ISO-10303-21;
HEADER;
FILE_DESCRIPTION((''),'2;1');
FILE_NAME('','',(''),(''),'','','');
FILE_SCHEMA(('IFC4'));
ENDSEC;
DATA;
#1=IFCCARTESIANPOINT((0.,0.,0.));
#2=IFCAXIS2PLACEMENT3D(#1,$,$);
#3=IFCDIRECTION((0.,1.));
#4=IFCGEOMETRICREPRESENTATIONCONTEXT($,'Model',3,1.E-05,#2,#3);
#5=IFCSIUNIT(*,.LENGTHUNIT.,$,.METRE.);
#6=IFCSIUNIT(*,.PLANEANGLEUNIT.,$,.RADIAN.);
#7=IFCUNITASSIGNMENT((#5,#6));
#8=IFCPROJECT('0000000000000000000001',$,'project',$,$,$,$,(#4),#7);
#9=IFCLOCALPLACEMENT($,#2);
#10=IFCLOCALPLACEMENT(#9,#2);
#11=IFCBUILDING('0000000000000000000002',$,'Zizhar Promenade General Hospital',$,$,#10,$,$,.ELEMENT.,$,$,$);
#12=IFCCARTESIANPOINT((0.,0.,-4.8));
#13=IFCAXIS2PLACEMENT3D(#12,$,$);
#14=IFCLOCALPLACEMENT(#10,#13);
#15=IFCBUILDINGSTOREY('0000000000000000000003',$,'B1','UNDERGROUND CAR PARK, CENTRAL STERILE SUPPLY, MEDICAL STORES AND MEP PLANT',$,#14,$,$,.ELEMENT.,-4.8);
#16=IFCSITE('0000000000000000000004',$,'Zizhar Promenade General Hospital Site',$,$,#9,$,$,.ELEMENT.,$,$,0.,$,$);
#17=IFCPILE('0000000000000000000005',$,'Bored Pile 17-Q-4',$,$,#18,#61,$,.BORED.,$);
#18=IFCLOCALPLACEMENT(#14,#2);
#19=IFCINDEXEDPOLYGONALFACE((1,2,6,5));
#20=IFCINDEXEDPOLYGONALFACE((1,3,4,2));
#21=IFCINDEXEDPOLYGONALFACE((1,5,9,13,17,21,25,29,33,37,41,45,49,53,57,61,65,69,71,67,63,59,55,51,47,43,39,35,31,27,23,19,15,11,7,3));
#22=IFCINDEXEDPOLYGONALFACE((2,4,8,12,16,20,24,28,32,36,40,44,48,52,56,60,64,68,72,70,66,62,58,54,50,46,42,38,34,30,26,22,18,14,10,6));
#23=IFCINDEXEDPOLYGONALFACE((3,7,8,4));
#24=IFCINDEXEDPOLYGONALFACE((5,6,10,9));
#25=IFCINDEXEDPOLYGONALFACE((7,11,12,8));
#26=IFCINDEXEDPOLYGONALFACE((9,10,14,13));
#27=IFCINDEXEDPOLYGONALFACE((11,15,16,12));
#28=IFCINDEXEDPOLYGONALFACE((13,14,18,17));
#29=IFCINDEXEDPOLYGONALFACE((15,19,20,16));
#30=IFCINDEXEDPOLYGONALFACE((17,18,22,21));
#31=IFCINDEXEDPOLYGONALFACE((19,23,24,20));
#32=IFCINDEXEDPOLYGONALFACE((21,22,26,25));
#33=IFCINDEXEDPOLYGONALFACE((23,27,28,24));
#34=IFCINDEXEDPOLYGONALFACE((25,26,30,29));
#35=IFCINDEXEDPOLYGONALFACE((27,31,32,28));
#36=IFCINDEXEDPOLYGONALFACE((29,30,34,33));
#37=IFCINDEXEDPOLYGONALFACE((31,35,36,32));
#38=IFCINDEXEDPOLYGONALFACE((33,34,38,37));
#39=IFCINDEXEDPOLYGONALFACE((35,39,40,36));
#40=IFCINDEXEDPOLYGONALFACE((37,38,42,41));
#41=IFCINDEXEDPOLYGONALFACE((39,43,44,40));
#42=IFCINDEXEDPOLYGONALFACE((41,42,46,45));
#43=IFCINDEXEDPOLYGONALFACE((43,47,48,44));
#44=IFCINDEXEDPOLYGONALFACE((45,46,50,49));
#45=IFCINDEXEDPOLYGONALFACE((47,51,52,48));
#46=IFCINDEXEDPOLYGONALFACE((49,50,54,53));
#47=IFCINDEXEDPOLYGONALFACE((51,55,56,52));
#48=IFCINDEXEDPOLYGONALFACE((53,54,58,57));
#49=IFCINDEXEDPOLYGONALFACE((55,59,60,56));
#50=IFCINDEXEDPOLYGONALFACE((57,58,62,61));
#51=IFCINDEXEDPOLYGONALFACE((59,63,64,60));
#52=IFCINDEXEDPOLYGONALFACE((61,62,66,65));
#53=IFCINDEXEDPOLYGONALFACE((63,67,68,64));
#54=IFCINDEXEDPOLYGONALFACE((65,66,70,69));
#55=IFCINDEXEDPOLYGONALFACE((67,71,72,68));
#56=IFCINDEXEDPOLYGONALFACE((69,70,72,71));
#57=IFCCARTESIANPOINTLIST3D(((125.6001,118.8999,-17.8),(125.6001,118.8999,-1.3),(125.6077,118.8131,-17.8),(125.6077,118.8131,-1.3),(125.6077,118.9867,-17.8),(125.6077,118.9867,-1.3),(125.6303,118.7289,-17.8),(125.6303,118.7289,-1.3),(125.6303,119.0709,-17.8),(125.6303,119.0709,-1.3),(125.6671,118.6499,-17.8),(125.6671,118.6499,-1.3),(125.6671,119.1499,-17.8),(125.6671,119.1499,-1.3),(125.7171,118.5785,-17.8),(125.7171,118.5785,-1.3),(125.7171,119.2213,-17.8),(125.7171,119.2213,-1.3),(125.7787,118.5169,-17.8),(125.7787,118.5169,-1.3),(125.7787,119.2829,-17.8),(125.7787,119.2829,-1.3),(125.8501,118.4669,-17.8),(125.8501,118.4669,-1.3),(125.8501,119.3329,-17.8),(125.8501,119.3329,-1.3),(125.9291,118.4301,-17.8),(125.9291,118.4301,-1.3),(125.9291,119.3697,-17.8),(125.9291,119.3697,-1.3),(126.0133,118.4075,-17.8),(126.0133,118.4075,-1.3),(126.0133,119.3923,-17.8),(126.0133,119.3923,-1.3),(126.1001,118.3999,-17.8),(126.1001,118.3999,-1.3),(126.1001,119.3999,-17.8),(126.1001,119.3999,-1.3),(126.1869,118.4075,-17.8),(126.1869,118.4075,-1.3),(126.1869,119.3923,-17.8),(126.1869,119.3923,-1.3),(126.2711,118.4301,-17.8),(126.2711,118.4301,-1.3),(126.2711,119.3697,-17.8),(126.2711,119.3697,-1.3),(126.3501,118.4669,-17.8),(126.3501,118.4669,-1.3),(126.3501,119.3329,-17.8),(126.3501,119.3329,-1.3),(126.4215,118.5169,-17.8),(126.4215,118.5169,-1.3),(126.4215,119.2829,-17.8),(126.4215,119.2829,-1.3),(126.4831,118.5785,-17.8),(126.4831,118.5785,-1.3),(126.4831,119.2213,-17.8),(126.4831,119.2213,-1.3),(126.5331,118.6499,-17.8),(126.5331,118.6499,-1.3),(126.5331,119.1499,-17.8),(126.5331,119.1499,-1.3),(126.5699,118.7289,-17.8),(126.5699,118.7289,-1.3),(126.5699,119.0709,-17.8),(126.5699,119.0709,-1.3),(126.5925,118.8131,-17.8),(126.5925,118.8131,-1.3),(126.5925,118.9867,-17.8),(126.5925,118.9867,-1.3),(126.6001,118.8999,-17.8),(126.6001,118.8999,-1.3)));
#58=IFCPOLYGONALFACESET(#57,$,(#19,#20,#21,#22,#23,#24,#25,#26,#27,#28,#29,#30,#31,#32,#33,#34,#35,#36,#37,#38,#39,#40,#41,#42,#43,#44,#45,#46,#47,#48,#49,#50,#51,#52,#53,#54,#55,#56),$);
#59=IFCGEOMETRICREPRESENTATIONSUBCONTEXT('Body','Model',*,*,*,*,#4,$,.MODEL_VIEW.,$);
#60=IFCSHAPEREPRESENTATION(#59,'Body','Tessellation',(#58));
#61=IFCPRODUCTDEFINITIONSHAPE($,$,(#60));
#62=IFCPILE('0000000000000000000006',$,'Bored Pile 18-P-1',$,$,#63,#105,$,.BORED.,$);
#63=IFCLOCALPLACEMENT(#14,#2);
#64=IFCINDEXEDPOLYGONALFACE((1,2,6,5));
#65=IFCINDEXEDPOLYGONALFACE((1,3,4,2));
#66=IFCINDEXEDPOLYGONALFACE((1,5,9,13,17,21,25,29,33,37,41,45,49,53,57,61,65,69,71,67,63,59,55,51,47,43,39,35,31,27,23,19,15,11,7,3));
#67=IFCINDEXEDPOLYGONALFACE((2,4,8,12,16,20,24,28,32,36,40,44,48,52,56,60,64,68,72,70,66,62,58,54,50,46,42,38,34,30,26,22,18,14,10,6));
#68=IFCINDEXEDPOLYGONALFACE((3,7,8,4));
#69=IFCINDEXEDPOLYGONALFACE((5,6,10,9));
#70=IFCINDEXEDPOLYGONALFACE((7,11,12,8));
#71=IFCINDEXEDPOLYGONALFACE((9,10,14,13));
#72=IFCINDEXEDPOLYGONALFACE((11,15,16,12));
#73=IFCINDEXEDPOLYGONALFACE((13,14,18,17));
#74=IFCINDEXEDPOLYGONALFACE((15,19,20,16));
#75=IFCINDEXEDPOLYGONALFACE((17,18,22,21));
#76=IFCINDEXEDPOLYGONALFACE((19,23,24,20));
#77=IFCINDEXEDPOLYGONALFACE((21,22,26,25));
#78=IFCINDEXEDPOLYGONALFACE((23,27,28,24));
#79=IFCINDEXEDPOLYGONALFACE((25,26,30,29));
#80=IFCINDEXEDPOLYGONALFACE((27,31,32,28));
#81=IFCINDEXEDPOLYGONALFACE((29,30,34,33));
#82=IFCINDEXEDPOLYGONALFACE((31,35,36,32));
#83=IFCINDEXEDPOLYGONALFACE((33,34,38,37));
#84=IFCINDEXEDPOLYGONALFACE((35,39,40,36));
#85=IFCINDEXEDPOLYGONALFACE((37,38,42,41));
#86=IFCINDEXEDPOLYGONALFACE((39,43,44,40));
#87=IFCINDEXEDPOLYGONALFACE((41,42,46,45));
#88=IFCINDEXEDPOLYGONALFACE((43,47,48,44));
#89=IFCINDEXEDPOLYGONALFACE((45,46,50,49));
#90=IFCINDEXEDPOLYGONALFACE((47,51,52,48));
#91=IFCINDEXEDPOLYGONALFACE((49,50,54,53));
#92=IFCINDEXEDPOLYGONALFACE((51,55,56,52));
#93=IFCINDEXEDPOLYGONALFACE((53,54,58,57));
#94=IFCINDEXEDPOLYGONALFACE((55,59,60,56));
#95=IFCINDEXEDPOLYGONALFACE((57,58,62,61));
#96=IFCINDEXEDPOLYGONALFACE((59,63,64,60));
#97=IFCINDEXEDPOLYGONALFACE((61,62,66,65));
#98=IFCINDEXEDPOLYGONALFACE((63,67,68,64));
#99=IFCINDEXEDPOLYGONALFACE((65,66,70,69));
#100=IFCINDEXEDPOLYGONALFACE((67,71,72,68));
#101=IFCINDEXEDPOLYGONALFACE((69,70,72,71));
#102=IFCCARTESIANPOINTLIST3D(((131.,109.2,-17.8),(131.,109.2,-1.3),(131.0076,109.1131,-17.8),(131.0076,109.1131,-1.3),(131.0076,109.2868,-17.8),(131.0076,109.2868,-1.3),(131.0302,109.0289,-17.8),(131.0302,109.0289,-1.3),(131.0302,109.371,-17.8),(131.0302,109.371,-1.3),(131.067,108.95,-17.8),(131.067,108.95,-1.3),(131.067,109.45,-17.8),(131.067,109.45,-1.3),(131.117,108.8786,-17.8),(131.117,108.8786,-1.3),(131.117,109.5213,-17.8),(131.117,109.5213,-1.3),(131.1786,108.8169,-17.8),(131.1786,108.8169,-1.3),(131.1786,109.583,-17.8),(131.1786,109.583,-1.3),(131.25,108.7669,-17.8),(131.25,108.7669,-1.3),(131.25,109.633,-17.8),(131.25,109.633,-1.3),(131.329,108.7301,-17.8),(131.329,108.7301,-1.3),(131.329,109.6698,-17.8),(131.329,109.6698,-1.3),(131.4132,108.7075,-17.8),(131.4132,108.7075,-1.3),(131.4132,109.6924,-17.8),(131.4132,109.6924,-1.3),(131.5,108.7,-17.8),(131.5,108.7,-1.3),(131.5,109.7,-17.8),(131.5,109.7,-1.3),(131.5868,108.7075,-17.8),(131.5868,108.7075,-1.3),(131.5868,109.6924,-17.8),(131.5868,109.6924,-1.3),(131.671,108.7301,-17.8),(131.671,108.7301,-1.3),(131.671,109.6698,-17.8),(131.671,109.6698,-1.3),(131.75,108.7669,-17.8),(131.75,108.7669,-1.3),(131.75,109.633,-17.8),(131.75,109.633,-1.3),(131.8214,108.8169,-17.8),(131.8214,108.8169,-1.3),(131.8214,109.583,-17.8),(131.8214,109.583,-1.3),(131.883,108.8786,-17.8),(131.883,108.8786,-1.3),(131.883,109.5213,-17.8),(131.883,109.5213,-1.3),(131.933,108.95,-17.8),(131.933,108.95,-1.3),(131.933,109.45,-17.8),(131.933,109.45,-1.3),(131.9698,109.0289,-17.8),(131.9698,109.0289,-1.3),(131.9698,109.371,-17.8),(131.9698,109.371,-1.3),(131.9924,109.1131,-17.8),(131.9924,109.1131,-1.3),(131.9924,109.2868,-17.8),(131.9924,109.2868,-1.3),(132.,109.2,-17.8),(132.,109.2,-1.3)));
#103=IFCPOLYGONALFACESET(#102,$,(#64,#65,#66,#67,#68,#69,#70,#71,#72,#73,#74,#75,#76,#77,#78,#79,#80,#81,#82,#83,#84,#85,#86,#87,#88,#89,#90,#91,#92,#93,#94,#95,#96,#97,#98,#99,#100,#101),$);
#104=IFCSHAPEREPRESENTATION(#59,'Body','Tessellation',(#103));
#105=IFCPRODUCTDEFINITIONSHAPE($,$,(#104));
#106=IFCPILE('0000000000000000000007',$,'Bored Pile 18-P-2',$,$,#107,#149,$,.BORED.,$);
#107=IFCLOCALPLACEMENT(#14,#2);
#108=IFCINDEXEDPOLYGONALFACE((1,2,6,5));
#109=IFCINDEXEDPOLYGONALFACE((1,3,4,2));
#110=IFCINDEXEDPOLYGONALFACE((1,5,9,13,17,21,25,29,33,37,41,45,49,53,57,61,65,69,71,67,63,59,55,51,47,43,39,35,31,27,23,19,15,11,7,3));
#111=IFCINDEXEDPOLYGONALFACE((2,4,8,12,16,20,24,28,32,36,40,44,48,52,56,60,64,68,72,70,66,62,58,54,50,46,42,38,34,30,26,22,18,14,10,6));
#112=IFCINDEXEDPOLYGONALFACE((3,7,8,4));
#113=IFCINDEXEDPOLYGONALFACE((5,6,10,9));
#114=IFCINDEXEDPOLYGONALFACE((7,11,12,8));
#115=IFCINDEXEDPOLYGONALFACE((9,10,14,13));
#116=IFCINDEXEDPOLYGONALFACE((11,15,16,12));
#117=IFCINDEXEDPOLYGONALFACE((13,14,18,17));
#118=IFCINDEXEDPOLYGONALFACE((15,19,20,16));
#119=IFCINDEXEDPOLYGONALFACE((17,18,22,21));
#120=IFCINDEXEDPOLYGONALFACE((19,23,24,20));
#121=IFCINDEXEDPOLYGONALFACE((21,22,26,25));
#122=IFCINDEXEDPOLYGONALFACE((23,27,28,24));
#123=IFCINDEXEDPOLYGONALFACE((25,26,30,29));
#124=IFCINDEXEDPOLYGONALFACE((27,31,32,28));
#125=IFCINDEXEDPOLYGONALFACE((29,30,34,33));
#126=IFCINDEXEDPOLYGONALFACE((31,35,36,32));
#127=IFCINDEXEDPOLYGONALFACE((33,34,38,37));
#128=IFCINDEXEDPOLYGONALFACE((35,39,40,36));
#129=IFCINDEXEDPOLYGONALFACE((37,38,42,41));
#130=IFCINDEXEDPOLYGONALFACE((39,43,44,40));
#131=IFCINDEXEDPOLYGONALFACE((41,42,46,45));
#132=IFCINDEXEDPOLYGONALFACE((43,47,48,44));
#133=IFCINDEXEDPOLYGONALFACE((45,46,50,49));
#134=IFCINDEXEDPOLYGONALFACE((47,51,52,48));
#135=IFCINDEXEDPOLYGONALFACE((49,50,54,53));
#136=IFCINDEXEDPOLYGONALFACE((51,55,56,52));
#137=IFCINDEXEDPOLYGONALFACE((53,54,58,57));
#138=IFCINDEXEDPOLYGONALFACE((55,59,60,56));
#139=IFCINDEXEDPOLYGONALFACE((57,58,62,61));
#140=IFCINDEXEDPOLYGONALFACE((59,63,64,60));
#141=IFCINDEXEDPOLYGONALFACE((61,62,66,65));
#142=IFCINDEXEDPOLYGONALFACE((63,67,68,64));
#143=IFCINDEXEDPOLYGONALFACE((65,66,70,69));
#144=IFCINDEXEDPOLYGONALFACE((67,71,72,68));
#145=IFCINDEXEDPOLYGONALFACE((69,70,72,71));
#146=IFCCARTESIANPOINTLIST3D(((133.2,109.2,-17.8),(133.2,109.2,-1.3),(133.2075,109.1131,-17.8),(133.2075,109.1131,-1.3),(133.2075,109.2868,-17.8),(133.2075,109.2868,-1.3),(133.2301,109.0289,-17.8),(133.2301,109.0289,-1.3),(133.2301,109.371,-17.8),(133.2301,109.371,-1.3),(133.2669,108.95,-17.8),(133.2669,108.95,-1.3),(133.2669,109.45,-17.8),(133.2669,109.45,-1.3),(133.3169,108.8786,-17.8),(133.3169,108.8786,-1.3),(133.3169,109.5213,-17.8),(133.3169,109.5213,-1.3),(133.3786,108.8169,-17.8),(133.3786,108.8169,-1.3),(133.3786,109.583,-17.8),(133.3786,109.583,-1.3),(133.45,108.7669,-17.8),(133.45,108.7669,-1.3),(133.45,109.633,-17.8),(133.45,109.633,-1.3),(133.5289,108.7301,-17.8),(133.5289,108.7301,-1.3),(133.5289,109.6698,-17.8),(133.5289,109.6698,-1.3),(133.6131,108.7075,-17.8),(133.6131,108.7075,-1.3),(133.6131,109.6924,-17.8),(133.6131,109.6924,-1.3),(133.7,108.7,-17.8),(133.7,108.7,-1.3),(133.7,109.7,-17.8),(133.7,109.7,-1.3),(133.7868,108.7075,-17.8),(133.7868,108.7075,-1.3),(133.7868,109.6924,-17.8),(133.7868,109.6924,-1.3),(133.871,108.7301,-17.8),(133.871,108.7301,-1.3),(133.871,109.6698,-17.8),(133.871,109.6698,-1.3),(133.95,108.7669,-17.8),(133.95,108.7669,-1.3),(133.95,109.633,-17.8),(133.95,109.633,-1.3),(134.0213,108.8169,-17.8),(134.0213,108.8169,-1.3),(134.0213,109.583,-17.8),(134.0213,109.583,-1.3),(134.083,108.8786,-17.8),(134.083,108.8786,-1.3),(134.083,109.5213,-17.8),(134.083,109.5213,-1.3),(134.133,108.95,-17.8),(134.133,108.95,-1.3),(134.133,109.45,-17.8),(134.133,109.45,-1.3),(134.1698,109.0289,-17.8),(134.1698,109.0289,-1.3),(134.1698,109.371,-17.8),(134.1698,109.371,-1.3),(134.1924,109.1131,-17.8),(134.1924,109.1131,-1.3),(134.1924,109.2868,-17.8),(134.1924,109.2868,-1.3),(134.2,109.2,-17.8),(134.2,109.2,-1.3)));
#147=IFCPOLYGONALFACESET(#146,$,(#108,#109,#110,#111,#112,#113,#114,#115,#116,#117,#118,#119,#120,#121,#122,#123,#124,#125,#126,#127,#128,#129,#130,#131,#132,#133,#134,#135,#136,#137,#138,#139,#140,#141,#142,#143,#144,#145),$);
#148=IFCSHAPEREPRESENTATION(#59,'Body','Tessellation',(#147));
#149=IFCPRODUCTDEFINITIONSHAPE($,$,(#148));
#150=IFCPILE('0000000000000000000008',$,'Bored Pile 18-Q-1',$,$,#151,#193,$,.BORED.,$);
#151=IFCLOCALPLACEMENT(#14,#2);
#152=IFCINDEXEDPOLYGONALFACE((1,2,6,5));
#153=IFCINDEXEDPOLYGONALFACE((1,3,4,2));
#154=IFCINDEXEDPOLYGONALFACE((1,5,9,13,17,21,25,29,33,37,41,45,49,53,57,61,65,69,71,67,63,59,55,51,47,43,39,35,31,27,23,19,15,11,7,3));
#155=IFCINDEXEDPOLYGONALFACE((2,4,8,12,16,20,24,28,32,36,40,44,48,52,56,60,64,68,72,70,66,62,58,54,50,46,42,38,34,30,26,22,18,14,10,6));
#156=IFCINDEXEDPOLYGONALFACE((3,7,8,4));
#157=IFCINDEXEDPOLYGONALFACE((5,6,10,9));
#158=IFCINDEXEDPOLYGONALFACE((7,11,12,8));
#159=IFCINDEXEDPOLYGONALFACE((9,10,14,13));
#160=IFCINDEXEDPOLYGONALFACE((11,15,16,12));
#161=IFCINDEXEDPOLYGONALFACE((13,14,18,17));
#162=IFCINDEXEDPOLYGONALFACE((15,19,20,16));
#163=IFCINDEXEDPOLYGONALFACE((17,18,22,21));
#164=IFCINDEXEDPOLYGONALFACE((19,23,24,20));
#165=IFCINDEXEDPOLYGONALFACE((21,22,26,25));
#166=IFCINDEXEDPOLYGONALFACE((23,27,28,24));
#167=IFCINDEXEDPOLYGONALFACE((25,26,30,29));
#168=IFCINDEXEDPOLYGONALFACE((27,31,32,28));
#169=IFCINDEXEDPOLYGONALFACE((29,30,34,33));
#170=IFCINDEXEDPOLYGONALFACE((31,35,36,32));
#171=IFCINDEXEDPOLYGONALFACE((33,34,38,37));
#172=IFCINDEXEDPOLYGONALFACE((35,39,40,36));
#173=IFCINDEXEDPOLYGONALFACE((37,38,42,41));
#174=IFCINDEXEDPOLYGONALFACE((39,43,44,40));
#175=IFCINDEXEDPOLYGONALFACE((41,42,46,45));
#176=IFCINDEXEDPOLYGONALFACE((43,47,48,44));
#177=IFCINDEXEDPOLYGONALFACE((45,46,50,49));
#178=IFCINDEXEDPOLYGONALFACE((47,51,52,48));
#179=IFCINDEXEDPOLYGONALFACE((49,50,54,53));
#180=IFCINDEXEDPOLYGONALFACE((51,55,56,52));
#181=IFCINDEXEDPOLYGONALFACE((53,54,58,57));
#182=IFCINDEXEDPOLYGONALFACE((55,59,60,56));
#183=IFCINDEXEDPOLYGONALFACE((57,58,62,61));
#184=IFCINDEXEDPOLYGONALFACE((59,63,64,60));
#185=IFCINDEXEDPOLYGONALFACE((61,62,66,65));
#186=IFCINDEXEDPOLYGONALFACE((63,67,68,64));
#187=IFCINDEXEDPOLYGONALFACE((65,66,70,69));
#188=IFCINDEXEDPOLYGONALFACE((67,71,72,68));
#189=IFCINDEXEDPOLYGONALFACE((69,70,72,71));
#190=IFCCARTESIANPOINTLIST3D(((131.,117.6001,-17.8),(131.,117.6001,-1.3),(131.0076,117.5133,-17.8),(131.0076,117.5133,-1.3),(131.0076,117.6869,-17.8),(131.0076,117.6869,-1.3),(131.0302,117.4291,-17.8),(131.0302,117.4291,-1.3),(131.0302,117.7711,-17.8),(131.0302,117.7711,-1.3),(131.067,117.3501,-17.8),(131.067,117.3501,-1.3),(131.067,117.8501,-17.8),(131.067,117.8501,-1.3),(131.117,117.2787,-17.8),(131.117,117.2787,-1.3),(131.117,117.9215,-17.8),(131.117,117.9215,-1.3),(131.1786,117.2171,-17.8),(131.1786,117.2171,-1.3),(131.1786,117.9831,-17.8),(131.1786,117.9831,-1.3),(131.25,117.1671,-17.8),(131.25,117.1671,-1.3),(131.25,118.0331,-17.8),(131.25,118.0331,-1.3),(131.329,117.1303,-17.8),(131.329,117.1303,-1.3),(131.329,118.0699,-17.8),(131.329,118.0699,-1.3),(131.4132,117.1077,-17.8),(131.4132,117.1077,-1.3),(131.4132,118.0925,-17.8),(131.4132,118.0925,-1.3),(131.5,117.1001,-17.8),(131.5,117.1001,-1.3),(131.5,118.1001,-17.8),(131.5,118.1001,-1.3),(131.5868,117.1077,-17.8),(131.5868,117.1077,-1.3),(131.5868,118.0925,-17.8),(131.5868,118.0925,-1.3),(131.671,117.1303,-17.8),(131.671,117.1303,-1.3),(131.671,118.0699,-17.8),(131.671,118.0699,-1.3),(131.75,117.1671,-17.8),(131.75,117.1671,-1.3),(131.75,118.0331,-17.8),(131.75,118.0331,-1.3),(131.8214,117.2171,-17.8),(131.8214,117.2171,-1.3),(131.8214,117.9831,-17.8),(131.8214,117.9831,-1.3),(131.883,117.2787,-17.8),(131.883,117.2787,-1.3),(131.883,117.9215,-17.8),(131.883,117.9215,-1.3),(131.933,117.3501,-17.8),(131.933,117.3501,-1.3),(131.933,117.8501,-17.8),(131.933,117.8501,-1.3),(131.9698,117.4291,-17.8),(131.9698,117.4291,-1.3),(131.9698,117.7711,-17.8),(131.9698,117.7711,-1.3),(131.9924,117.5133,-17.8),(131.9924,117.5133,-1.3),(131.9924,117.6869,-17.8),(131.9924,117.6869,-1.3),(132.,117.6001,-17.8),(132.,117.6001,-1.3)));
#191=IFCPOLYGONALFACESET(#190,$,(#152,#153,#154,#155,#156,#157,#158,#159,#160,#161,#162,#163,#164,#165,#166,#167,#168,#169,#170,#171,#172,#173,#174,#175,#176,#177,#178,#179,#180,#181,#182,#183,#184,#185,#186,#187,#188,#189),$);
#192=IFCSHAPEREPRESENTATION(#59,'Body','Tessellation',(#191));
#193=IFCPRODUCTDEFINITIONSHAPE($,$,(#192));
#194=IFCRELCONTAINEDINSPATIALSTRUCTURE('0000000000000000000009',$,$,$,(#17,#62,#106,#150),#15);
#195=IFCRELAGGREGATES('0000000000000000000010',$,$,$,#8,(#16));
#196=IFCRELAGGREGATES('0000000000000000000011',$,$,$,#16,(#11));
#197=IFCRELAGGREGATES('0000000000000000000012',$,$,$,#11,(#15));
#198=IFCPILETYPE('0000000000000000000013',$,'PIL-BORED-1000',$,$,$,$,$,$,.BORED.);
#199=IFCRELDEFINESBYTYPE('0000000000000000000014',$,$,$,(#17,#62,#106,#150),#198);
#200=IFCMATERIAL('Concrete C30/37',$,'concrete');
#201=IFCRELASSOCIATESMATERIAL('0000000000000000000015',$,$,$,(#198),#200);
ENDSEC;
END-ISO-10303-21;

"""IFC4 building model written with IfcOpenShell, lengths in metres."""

from ifc_helpers import new_model, si_unit, direction, frame, origin, origin_2d, place, context, subcontext, project, spatial, circle, extrude, material, material_profile, profile_set, type_object, element, save


model = new_model("IFC4")

# Units and contexts
model_context = context("Model", 3, precision=1e-05, world=origin(), true_north=direction((0.0, 1.0)))
body_context = subcontext(model_context, "Body", "Model", "MODEL_VIEW")
ifc_project = project(units=[si_unit("LENGTHUNIT", "METRE"), si_unit("PLANEANGLEUNIT", "RADIAN")], contexts=[model_context])

# Site, building, storey
site_placement = place(None, origin())
site = spatial("IfcSite", under=ifc_project, at=site_placement, Name="Zizhar Promenade General Hospital Site", CompositionType="ELEMENT", RefElevation=0.0)
building_placement = place(site_placement, origin())
building = spatial("IfcBuilding", under=site, at=building_placement, Name="Zizhar Promenade General Hospital", CompositionType="ELEMENT")
storey_placement = place(building_placement, frame((0.0, 0.0, -4.8)))
storey = spatial("IfcBuildingStorey", under=building, at=storey_placement, Name="B1", Description="UNDERGROUND CAR PARK, CENTRAL STERILE SUPPLY, MEDICAL STORES AND MEP PLANT", CompositionType="ELEMENT", Elevation=-4.8)

# Piles
ifc_material_1 = material(Name="Concrete C30/37", Category="concrete")
ifc_material_profile_1 = material_profile(ifc_material_1, circle(Radius=0.5, at=origin_2d()))
ifc_profile_set_1 = profile_set([ifc_material_profile_1], Name="Concrete C30/37")
pile_type = type_object("IfcPileType", Name="PIL-BORED-1000", PredefinedType="BORED", material=ifc_profile_set_1)
for number, where, z_axis, x_axis, name in (
    (1, (126.1001, 118.8999, -1.3), (0.0, 0.0, -1.0), (1.0, 0.0, 0.0), "Bored Pile 17-Q-4"),
    (2, (131.5, 109.2, -1.3), (0.0, 0.0, -1.0), (1.0, 0.0, 0.0), "Bored Pile 18-P-1"),
    (3, (133.7, 109.2, -1.3), (0.0, 0.0, -1.0), (1.0, 0.0, 0.0), "Bored Pile 18-P-2"),
    (4, (131.5, 117.6001, -1.3), (0.0, 0.0, -1.0), (1.0, 0.0, 0.0), "Bored Pile 18-Q-1"),
):
    element("IfcPile", number, at=place(storey_placement, frame(where, z_axis=z_axis, x_axis=x_axis)), inside=storey, type_object=pile_type, Name=name, PredefinedType="BORED", context=body_context, shape_type="SweptSolid", body=[
        extrude(circle(Radius=0.5, at=origin_2d()), origin(), (0.0, 0.0, 1.0), 16.5),
    ])

save(model, "model.ifc")
